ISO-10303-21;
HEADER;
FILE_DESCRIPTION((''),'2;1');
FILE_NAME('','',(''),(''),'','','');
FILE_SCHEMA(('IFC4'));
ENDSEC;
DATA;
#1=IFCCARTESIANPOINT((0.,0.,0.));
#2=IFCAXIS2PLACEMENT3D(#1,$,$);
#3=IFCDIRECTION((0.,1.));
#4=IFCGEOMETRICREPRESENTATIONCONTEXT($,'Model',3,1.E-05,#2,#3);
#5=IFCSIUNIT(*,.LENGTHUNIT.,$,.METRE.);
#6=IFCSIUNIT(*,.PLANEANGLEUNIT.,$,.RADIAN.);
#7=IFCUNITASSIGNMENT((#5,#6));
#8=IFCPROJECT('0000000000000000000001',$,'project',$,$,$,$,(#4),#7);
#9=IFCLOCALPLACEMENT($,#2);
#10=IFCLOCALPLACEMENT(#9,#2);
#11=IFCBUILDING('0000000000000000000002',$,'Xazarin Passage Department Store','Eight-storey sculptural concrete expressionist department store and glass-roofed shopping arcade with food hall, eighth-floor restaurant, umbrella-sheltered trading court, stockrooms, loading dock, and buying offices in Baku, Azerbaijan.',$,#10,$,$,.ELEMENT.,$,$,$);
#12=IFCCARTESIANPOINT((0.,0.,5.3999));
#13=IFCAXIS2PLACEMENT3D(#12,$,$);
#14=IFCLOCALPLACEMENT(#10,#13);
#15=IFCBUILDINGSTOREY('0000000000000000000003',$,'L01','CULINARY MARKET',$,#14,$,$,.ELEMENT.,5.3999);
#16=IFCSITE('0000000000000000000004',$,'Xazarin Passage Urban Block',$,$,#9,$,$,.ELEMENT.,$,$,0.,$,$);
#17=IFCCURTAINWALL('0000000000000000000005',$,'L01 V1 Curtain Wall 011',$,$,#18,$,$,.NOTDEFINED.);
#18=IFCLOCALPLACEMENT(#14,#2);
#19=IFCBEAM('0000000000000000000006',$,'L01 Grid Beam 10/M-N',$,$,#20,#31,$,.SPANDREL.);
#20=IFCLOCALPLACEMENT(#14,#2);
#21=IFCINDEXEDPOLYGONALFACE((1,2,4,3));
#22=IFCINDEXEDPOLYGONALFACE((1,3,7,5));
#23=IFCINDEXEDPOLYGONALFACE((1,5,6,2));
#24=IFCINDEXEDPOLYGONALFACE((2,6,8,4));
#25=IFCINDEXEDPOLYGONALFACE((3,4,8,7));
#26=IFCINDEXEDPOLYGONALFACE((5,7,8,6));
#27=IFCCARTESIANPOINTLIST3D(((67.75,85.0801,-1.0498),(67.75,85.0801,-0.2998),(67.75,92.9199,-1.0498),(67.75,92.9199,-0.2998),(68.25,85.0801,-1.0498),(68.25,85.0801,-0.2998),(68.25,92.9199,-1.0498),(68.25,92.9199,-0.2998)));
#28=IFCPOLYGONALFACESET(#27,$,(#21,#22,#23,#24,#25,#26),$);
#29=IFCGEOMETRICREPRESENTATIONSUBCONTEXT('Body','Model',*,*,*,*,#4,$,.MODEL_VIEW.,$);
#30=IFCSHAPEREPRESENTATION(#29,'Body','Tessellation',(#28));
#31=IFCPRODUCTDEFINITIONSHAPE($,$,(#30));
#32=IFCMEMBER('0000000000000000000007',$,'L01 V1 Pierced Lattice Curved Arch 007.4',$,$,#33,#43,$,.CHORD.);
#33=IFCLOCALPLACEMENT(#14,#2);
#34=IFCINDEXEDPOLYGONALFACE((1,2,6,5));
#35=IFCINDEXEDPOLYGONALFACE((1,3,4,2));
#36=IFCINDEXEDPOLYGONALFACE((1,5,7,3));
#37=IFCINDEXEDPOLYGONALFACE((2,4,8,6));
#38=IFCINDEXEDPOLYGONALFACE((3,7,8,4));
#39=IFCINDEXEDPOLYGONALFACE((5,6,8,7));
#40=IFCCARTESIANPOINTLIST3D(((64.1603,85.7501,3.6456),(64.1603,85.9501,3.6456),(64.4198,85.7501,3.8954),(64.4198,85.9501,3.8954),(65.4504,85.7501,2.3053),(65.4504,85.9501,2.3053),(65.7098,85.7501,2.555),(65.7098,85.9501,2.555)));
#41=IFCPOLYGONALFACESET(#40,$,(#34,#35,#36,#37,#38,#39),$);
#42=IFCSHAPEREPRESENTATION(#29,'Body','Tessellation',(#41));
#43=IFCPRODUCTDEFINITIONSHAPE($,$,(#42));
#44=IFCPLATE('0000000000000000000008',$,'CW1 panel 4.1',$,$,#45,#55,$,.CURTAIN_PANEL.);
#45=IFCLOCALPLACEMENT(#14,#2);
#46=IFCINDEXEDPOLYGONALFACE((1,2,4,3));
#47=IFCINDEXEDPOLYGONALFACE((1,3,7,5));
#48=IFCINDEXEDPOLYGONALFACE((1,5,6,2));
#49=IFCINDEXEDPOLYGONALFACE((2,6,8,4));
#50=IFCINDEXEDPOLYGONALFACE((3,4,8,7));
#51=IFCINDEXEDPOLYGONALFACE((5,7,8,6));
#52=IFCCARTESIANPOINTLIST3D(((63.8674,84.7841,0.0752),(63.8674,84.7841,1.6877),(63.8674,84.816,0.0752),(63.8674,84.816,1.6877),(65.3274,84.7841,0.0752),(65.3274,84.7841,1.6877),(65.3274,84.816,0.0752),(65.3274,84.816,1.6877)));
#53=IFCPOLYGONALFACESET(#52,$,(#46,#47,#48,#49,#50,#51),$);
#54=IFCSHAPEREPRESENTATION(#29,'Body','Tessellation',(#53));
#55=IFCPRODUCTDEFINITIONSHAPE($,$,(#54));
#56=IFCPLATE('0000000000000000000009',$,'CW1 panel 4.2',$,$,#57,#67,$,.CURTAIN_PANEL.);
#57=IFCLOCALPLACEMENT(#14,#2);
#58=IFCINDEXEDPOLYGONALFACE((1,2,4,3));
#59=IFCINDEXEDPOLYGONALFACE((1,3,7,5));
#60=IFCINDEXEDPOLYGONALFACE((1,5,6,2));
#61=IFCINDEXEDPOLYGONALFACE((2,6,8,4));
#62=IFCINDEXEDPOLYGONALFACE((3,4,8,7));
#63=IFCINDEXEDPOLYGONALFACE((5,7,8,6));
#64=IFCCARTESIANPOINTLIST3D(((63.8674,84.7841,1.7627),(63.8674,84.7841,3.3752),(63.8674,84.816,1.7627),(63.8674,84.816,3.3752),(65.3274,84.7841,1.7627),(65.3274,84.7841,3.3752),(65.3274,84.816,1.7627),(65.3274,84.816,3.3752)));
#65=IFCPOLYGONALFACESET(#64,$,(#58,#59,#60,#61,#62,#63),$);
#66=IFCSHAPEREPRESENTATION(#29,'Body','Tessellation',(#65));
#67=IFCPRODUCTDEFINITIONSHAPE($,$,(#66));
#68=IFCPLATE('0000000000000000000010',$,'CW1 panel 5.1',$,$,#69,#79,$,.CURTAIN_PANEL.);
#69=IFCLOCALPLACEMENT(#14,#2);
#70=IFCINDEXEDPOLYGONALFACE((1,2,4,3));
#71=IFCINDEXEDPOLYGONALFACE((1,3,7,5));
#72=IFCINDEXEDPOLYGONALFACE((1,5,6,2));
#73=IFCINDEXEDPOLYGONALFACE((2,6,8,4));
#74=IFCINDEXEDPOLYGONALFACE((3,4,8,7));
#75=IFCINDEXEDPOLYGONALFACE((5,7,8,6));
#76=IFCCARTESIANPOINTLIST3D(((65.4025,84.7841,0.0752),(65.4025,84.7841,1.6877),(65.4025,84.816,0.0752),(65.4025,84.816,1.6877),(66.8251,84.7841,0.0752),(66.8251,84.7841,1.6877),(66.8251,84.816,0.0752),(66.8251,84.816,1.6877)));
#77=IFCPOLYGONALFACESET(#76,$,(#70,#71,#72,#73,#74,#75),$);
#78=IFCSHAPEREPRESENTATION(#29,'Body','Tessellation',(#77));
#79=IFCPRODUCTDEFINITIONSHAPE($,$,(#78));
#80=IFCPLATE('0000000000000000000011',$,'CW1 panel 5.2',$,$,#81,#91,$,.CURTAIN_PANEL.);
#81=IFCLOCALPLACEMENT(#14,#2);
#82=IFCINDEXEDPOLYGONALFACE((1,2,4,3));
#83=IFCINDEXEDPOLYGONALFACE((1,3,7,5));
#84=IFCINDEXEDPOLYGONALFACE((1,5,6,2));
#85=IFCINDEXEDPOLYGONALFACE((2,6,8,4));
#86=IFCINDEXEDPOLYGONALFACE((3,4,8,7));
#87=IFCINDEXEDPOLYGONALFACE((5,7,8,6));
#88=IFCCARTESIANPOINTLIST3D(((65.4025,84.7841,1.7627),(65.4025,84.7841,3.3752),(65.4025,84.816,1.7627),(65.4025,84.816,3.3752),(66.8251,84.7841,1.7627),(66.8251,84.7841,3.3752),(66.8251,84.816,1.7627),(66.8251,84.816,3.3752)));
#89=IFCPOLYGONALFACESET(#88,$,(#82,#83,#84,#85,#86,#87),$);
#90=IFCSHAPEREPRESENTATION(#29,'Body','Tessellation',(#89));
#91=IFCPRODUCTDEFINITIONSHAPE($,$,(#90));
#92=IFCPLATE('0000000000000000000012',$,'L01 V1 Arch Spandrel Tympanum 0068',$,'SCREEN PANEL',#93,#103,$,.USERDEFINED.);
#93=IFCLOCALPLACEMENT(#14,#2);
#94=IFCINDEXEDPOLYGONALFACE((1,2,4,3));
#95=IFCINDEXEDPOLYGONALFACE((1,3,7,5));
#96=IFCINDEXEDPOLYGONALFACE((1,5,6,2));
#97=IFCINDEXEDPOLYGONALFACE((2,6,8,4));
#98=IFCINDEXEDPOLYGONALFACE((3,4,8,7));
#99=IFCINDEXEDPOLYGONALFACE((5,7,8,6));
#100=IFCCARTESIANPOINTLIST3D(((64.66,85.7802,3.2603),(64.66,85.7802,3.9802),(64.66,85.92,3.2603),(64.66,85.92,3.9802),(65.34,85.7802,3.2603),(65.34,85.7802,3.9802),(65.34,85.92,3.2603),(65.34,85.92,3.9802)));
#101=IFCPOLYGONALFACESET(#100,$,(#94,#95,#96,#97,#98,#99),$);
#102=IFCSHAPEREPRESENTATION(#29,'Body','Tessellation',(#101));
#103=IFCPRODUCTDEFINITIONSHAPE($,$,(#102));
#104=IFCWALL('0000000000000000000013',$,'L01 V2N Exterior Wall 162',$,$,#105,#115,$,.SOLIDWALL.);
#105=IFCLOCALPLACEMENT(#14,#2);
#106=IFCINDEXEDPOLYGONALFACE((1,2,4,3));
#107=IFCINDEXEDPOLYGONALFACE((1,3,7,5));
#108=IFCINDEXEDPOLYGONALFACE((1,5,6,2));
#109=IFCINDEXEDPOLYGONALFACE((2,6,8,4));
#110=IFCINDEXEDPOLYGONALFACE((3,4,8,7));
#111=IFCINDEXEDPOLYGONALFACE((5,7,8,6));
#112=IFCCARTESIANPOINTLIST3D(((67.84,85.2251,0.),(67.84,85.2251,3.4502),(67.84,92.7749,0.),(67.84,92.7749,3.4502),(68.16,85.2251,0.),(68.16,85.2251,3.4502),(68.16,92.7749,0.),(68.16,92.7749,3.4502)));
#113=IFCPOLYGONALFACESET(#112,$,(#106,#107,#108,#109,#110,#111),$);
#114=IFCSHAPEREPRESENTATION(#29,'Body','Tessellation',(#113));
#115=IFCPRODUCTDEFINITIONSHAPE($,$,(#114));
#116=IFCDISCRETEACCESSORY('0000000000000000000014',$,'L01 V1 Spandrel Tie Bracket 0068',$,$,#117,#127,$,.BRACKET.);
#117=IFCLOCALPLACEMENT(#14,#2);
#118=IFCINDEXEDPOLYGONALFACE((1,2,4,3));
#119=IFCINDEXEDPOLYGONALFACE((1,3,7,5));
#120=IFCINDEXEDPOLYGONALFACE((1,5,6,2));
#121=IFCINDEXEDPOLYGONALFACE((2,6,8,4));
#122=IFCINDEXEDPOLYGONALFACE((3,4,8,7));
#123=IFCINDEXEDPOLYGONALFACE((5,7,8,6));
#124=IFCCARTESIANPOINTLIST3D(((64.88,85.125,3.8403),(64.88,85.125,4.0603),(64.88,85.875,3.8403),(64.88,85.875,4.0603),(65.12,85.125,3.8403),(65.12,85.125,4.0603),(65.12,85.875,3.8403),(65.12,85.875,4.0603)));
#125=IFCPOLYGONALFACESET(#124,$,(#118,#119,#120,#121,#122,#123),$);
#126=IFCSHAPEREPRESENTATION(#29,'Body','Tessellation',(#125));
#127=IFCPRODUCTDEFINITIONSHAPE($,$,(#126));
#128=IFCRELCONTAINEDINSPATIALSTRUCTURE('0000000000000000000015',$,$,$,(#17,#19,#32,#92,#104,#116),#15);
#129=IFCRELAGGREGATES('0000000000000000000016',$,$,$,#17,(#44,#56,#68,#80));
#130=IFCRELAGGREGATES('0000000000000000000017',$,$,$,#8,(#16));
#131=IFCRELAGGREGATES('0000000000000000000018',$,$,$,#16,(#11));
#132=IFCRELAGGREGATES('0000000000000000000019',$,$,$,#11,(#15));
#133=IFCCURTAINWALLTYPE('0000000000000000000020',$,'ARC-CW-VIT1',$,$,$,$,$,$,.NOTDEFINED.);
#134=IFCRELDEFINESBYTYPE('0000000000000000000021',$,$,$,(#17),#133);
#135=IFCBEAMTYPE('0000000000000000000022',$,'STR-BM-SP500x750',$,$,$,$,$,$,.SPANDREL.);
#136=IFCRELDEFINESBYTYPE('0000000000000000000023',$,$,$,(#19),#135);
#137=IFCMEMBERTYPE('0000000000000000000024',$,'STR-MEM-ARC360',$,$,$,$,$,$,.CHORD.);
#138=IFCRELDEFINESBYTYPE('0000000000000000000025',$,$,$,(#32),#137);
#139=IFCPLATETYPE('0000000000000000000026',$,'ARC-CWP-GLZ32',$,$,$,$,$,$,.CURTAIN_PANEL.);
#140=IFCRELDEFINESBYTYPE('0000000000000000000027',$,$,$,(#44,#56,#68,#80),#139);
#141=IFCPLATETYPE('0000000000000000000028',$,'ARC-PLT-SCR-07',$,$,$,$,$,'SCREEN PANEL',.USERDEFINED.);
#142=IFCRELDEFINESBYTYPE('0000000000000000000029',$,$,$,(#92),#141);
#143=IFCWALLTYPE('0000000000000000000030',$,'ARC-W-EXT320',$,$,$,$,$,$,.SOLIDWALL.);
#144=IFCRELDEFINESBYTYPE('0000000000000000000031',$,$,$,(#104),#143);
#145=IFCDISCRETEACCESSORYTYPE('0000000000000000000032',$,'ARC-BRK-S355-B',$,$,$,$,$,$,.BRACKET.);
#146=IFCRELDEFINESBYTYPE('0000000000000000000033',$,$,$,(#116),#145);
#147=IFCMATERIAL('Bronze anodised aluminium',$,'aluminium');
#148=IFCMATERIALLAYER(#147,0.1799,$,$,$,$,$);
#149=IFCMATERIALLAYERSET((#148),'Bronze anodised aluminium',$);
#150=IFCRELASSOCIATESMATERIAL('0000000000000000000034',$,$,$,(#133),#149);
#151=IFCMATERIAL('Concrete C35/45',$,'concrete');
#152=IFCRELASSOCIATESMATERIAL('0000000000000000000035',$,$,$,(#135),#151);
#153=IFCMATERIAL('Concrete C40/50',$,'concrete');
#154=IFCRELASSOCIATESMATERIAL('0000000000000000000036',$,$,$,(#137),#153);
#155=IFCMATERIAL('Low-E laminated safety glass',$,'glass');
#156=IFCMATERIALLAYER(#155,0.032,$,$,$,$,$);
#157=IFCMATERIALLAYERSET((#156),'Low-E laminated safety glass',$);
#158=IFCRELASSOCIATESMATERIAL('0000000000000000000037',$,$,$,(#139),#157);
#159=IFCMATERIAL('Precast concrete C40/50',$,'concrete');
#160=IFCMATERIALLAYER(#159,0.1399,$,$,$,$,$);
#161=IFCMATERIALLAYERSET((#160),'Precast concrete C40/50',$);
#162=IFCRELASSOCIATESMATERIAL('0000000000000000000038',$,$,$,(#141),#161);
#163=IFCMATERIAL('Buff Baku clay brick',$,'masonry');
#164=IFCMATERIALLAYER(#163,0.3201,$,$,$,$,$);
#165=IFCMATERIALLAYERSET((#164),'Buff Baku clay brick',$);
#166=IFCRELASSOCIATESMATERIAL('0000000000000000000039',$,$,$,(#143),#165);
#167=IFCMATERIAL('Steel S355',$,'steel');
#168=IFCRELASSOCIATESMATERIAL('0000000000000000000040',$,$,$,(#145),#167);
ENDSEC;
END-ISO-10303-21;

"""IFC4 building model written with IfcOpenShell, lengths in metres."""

from ifc_helpers import new_model, si_unit, direction, frame, frame_2d, origin, origin_2d, place, context, subcontext, project, spatial, rectangle, extrude, material, layer, layer_set, material_profile, profile_set, type_object, element, aggregate, save


model = new_model("IFC4")

# Units and contexts
model_context = context("Model", 3, precision=1e-05, world=origin(), true_north=direction((0.0, 1.0)))
body_context = subcontext(model_context, "Body", "Model", "MODEL_VIEW")
ifc_project = project(units=[si_unit("LENGTHUNIT", "METRE"), si_unit("PLANEANGLEUNIT", "RADIAN")], contexts=[model_context])

# Site, building, storey
site_placement = place(None, origin())
site = spatial("IfcSite", under=ifc_project, at=site_placement, Name="Xazarin Passage Urban Block", CompositionType="ELEMENT", RefElevation=0.0)
building_placement = place(site_placement, origin())
building = spatial("IfcBuilding", under=site, at=building_placement, Name="Xazarin Passage Department Store", Description="Eight-storey sculptural concrete expressionist department store and glass-roofed shopping arcade with food hall, eighth-floor restaurant, umbrella-sheltered trading court, stockrooms, loading dock, and buying offices in Baku, Azerbaijan.", CompositionType="ELEMENT")
storey_placement = place(building_placement, frame((0.0, 0.0, 5.3999)))
storey = spatial("IfcBuildingStorey", under=building, at=storey_placement, Name="L01", Description="CULINARY MARKET", CompositionType="ELEMENT", Elevation=5.3999)

# Shared definitions
ifc_material_1 = material(Name="Concrete C40/50", Category="concrete")

# Curtain wall
ifc_material_2 = material(Name="Bronze anodised aluminium", Category="aluminium")
ifc_layer_1 = layer(ifc_material_2, 0.1799)
ifc_layer_set_1 = layer_set([ifc_layer_1], Name="Bronze anodised aluminium")
curtain_wall_type = type_object("IfcCurtainWallType", Name="ARC-CW-VIT1", PredefinedType="NOTDEFINED", material=ifc_layer_set_1)
curtain_wall_placement = place(storey_placement, origin())
curtain_wall = element("IfcCurtainWall", 1, at=curtain_wall_placement, inside=storey, type_object=curtain_wall_type, Name="L01 V1 Curtain Wall 011", PredefinedType="NOTDEFINED")

# Beam
ifc_material_3 = material(Name="Concrete C35/45", Category="concrete")
ifc_material_profile_1 = material_profile(ifc_material_3, rectangle(XDim=0.5, YDim=0.75, at=origin_2d()), Name="RC 500x750")
ifc_profile_set_1 = profile_set([ifc_material_profile_1], Name="Concrete C35/45")
beam_type_1 = type_object("IfcBeamType", Name="STR-BM-SP500x750", PredefinedType="SPANDREL", material=ifc_profile_set_1)
beam_1_placement = place(storey_placement, frame((68.0, 85.0801, -0.6748), z_axis=(0.0, 1.0, 0.0), x_axis=(-1.0, 0.0, 0.0)))
element("IfcBeam", 2, at=beam_1_placement, inside=storey, type_object=beam_type_1, Name="L01 Grid Beam 10/M-N", PredefinedType="SPANDREL", context=body_context, shape_type="SweptSolid", body=[
    extrude(rectangle(XDim=0.5, YDim=0.75, at=origin_2d()), origin(), (0.0, 0.0, 1.0), 7.8398),
])

# Member
ifc_material_profile_2 = material_profile(ifc_material_1, rectangle(XDim=0.2, YDim=0.3601, at=origin_2d()), Name="RC 200x360")
ifc_profile_set_2 = profile_set([ifc_material_profile_2], Name="Concrete C40/50")
member_type_1 = type_object("IfcMemberType", Name="STR-MEM-ARC360", PredefinedType="CHORD", material=ifc_profile_set_2)
member_1_placement = place(storey_placement, frame((64.29, 85.8501, 3.7705), z_axis=(0.69346, 0.0, -0.720495), x_axis=(0.0, 1.0, 0.0)))
element("IfcMember", 3, at=member_1_placement, inside=storey, type_object=member_type_1, Name="L01 V1 Pierced Lattice Curved Arch 007.4", PredefinedType="CHORD", context=body_context, shape_type="SweptSolid", body=[
    extrude(rectangle(XDim=0.2, YDim=0.3601, at=origin_2d()), origin(), (0.0, 0.0, 1.0), 1.8604),
])

# Plates
ifc_material_4 = material(Name="Low-E laminated safety glass", Category="glass")
ifc_layer_2 = layer(ifc_material_4, 0.032)
ifc_layer_set_2 = layer_set([ifc_layer_2], Name="Low-E laminated safety glass")
plate_type_1 = type_object("IfcPlateType", Name="ARC-CWP-GLZ32", PredefinedType="CURTAIN_PANEL", material=ifc_layer_set_2)
plate_1_placement = place(storey_placement, frame((64.5974, 84.8, 0.0752), z_axis=(0.0, 0.0, 1.0), x_axis=(1.0, 0.0, 0.0)))
plate_1 = element("IfcPlate", 4, at=plate_1_placement, type_object=plate_type_1, Name="CW1 panel 4.1", PredefinedType="CURTAIN_PANEL", context=body_context, shape_type="SweptSolid", body=[
    extrude(rectangle(XDim=1.46, YDim=0.032, at=origin_2d()), origin(), (0.0, 0.0, 1.0), 1.6125),
])
plate_2_placement = place(storey_placement, frame((64.5974, 84.8, 1.7627), z_axis=(0.0, 0.0, 1.0), x_axis=(1.0, 0.0, 0.0)))
plate_2 = element("IfcPlate", 5, at=plate_2_placement, type_object=plate_type_1, Name="CW1 panel 4.2", PredefinedType="CURTAIN_PANEL", context=body_context, shape_type="SweptSolid", body=[
    extrude(rectangle(XDim=1.46, YDim=0.032, at=origin_2d()), origin(), (0.0, 0.0, 1.0), 1.6125),
])
plate_3_placement = place(storey_placement, frame((66.1138, 84.8, 0.0752), z_axis=(0.0, 0.0, 1.0), x_axis=(1.0, 0.0, 0.0)))
plate_3 = element("IfcPlate", 6, at=plate_3_placement, type_object=plate_type_1, Name="CW1 panel 5.1", PredefinedType="CURTAIN_PANEL", context=body_context, shape_type="SweptSolid", body=[
    extrude(rectangle(XDim=1.4226, YDim=0.032, at=origin_2d()), origin(), (0.0, 0.0, 1.0), 1.6125),
])
plate_4_placement = place(storey_placement, frame((66.1138, 84.8, 1.7627), z_axis=(0.0, 0.0, 1.0), x_axis=(1.0, 0.0, 0.0)))
plate_4 = element("IfcPlate", 7, at=plate_4_placement, type_object=plate_type_1, Name="CW1 panel 5.2", PredefinedType="CURTAIN_PANEL", context=body_context, shape_type="SweptSolid", body=[
    extrude(rectangle(XDim=1.4226, YDim=0.032, at=origin_2d()), origin(), (0.0, 0.0, 1.0), 1.6125),
])
aggregate(curtain_wall, [plate_1, plate_2, plate_3, plate_4])
ifc_material_5 = material(Name="Precast concrete C40/50", Category="concrete")
ifc_layer_3 = layer(ifc_material_5, 0.1399)
ifc_layer_set_3 = layer_set([ifc_layer_3], Name="Precast concrete C40/50")
plate_type_2 = type_object("IfcPlateType", Name="ARC-PLT-SCR-07", ElementType="SCREEN PANEL", PredefinedType="USERDEFINED", material=ifc_layer_set_3)
plate_5_placement = place(storey_placement, frame((65.0, 85.8501, 3.2603), z_axis=(0.0, 0.0, 1.0), x_axis=(1.0, 0.0, 0.0)))
element("IfcPlate", 8, at=plate_5_placement, inside=storey, type_object=plate_type_2, Name="L01 V1 Arch Spandrel Tympanum 0068", ObjectType="SCREEN PANEL", PredefinedType="USERDEFINED", context=body_context, shape_type="SweptSolid", body=[
    extrude(rectangle(XDim=0.6799, YDim=0.1399, at=origin_2d()), origin(), (0.0, 0.0, 1.0), 0.72),
])

# Wall
ifc_material_6 = material(Name="Buff Baku clay brick", Category="masonry")
ifc_layer_4 = layer(ifc_material_6, 0.3201)
ifc_layer_set_4 = layer_set([ifc_layer_4], Name="Buff Baku clay brick")
wall_type = type_object("IfcWallType", Name="ARC-W-EXT320", PredefinedType="SOLIDWALL", material=ifc_layer_set_4)
wall_placement = place(storey_placement, frame((68.0, 85.2251, 0.0), z_axis=(0.0, 0.0, 1.0), x_axis=(0.0, 1.0, 0.0)))
element("IfcWall", 9, at=wall_placement, inside=storey, type_object=wall_type, Name="L01 V2N Exterior Wall 162", PredefinedType="SOLIDWALL", context=body_context, shape_type="SweptSolid", body=[
    extrude(rectangle(XDim=7.5498, YDim=0.3201, at=frame_2d((3.7749, 0.0))), origin(), (0.0, 0.0, 1.0), 3.4502),
])

# Discrete accessory
ifc_material_7 = material(Name="Steel S355", Category="steel")
discrete_accessory_type = type_object("IfcDiscreteAccessoryType", Name="ARC-BRK-S355-B", PredefinedType="BRACKET", material=ifc_material_7)
discrete_accessory_placement = place(storey_placement, frame((65.0, 85.5, 3.8403), z_axis=(0.0, 0.0, 1.0), x_axis=(1.0, 0.0, 0.0)))
element("IfcDiscreteAccessory", 10, at=discrete_accessory_placement, inside=storey, type_object=discrete_accessory_type, Name="L01 V1 Spandrel Tie Bracket 0068", PredefinedType="BRACKET", context=body_context, shape_type="SweptSolid", body=[
    extrude(rectangle(XDim=0.24, YDim=0.75, at=origin_2d()), origin(), (0.0, 0.0, 1.0), 0.22),
])

save(model, "model.ifc")
